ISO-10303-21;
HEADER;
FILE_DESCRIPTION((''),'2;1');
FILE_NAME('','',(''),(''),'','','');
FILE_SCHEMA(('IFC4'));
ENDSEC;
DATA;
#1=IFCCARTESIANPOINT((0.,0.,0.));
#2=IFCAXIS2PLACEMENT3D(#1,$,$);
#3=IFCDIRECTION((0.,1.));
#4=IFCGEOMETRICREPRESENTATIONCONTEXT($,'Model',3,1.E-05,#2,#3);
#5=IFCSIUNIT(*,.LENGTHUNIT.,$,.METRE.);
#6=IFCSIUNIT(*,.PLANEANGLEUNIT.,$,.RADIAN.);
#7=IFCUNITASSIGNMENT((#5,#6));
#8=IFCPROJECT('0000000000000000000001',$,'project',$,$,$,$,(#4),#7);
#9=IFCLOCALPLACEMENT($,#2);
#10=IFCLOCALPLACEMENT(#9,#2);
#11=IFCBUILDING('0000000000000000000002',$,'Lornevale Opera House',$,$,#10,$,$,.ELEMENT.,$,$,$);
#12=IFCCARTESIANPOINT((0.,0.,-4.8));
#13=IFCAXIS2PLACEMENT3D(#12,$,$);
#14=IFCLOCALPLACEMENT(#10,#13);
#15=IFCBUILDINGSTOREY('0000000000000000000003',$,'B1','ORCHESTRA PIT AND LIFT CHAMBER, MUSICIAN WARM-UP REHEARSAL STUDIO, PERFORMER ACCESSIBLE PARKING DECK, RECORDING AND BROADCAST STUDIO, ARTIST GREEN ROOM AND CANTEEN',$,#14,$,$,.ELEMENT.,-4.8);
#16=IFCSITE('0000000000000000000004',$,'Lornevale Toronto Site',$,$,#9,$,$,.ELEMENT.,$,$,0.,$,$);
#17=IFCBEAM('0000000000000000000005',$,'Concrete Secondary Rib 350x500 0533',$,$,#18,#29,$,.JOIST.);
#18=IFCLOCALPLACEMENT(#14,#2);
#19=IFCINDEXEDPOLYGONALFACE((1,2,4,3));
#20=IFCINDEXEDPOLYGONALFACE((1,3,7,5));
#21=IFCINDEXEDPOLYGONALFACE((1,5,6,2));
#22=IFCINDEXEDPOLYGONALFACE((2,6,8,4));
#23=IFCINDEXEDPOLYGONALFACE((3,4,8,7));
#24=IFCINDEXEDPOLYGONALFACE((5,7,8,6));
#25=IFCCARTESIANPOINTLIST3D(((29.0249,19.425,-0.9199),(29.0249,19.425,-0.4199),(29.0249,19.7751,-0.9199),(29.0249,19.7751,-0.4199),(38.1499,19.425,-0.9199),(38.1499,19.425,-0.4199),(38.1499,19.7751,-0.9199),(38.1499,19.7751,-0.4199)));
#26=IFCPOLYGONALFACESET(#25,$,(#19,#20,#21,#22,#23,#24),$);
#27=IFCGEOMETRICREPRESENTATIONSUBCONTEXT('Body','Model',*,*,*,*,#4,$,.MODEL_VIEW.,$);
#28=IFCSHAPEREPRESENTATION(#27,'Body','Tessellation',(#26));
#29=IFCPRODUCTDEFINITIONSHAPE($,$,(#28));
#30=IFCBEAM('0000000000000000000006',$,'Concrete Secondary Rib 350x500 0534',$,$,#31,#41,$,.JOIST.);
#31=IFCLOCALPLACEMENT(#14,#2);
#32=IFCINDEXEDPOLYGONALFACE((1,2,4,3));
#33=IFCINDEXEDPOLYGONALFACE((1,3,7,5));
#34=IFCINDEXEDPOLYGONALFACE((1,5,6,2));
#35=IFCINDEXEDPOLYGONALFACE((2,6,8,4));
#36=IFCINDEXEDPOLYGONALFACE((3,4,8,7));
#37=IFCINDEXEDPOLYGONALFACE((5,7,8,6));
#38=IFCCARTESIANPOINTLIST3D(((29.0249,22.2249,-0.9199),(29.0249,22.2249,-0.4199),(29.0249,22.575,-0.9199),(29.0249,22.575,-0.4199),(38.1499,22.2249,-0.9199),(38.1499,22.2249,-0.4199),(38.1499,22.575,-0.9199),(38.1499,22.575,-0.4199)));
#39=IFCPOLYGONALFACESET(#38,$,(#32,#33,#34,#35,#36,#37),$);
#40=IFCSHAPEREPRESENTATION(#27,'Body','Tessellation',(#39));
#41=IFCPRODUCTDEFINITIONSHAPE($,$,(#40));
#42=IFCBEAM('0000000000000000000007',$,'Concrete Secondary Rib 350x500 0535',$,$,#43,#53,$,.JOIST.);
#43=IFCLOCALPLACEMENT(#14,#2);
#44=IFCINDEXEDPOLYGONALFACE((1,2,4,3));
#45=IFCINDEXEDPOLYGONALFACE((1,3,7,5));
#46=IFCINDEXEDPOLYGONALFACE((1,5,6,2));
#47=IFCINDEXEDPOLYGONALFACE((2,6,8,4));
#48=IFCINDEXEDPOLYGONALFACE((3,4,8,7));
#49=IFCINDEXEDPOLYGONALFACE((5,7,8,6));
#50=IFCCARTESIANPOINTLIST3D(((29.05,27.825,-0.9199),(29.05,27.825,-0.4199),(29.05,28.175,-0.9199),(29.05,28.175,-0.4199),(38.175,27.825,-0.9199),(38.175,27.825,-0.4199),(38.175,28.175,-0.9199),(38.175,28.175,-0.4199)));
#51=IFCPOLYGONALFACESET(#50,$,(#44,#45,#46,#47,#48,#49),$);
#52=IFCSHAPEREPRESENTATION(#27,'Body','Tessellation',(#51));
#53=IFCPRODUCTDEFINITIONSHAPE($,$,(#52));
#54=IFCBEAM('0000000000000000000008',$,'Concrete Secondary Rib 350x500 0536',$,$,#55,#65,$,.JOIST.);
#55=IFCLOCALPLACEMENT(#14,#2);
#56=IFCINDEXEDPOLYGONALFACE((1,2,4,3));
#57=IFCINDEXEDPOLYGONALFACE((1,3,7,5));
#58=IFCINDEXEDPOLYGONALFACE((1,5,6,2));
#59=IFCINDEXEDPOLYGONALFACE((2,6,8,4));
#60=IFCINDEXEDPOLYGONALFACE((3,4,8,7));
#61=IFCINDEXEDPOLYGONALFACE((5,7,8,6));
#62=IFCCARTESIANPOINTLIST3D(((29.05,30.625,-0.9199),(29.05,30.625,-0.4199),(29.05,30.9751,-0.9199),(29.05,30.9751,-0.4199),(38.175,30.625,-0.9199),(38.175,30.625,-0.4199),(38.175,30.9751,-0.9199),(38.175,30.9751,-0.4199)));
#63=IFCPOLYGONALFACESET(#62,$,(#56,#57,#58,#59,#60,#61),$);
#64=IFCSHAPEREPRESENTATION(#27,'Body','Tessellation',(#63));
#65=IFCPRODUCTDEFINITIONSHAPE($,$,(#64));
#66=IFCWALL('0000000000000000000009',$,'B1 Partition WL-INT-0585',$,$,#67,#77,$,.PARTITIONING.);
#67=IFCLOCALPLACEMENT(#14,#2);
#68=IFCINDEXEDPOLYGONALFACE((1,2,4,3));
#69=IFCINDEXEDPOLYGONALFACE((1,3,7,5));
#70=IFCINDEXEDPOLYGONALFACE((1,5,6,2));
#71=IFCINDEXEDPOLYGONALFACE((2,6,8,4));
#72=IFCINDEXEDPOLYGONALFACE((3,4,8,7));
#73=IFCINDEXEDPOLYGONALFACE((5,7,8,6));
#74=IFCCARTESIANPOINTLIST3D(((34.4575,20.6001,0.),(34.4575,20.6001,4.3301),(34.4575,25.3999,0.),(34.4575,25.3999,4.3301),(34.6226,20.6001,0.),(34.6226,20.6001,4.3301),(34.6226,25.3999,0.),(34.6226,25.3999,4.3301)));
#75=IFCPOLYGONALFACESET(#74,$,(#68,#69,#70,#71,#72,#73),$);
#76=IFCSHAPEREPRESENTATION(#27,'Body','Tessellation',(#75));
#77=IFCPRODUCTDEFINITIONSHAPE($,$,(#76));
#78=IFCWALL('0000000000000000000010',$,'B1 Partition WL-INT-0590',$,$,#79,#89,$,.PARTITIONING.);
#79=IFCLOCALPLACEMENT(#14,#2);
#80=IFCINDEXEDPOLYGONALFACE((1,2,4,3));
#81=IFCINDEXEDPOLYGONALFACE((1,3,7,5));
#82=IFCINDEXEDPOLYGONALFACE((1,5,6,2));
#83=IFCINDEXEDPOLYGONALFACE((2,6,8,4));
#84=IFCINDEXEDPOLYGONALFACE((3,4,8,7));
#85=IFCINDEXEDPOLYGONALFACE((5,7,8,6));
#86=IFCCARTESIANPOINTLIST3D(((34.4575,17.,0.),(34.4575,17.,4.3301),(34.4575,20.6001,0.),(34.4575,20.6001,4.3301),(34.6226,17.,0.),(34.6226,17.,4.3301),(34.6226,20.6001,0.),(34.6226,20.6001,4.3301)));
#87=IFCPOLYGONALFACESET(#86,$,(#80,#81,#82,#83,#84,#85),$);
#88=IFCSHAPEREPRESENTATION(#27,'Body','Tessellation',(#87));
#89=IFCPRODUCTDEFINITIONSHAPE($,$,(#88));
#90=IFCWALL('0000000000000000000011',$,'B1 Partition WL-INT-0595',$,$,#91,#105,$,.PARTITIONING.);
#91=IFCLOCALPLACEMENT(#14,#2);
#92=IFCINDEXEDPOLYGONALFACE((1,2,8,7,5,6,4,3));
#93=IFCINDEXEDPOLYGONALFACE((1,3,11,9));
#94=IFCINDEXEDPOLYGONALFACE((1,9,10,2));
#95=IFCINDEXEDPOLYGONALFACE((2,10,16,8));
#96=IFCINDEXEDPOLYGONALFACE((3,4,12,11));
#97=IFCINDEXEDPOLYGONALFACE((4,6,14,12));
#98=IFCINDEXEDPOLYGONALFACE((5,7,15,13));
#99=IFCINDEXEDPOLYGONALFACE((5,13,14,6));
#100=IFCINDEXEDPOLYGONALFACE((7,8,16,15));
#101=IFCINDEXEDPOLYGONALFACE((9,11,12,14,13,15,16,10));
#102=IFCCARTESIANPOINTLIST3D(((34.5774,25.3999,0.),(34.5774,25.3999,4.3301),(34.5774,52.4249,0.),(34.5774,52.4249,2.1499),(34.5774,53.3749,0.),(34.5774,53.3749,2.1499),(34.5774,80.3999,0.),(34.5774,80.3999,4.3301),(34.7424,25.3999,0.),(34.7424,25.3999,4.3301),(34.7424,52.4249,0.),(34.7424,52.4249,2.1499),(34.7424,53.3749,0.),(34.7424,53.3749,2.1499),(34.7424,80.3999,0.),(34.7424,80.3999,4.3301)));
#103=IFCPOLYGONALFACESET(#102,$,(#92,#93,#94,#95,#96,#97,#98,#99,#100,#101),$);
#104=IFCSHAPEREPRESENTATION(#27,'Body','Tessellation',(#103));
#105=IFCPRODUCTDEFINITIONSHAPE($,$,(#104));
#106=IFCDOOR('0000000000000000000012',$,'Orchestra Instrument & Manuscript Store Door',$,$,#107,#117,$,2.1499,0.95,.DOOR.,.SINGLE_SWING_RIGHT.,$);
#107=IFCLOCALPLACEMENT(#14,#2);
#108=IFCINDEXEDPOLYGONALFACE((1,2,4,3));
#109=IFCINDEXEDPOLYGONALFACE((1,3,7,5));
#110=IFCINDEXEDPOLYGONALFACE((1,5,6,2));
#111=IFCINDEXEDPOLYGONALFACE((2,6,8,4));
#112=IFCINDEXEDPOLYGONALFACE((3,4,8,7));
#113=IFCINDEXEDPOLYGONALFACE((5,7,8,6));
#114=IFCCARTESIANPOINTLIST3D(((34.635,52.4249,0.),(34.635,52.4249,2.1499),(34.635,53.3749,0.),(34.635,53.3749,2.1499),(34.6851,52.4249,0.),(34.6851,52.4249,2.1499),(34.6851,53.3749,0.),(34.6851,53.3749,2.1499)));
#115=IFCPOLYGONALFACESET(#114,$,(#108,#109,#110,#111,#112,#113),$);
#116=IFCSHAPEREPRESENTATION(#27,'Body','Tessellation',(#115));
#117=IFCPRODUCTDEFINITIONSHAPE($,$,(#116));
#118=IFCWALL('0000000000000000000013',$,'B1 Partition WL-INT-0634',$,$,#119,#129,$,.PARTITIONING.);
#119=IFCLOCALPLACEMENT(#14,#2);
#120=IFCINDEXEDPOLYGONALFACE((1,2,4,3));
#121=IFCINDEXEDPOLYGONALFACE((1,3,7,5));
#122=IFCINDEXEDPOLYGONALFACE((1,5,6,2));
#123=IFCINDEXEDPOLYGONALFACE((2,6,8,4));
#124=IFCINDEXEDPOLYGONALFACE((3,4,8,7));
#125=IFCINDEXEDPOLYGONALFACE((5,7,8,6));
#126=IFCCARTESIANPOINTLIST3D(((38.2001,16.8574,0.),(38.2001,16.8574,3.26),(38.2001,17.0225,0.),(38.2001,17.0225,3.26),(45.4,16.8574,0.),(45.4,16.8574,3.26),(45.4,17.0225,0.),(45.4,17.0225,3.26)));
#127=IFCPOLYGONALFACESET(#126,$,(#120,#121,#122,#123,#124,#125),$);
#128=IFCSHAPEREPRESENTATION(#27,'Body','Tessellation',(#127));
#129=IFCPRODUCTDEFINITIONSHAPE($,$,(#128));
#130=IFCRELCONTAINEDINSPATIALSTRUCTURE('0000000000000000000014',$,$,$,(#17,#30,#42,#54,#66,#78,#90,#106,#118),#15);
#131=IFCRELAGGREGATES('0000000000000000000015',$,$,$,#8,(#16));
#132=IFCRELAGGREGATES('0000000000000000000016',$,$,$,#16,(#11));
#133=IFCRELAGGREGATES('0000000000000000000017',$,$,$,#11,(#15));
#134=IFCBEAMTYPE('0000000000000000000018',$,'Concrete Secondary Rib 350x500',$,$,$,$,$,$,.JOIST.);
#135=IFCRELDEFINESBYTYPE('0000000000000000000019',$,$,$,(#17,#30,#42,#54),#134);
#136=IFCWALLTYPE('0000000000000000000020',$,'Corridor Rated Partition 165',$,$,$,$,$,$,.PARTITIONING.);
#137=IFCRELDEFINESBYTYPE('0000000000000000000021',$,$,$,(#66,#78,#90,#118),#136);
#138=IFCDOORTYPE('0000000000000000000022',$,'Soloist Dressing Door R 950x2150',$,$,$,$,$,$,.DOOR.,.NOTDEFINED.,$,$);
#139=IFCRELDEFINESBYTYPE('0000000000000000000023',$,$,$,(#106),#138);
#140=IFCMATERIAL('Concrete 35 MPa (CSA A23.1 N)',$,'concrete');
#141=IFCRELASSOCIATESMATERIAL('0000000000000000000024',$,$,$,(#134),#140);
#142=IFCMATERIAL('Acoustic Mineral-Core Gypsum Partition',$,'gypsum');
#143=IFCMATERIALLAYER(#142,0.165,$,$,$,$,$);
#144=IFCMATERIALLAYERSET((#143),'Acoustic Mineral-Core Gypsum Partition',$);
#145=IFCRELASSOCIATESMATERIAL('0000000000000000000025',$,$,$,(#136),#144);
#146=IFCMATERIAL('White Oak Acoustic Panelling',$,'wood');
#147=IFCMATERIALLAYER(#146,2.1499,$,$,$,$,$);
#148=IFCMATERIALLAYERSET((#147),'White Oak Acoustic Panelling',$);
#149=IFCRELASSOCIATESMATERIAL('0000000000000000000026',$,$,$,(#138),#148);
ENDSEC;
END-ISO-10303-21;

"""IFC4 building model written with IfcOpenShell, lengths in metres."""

from ifc_helpers import new_model, si_unit, direction, frame, frame_2d, origin, origin_2d, place, context, subcontext, project, spatial, rectangle, extrude, material, layer, layer_set, material_profile, profile_set, type_object, element, fill, save


model = new_model("IFC4")

# Units and contexts
model_context = context("Model", 3, precision=1e-05, world=origin(), true_north=direction((0.0, 1.0)))
body_context = subcontext(model_context, "Body", "Model", "MODEL_VIEW")
ifc_project = project(units=[si_unit("LENGTHUNIT", "METRE"), si_unit("PLANEANGLEUNIT", "RADIAN")], contexts=[model_context])

# Site, building, storey
site_placement = place(None, origin())
site = spatial("IfcSite", under=ifc_project, at=site_placement, Name="Lornevale Toronto Site", CompositionType="ELEMENT", RefElevation=0.0)
building_placement = place(site_placement, origin())
building = spatial("IfcBuilding", under=site, at=building_placement, Name="Lornevale Opera House", CompositionType="ELEMENT")
storey_placement = place(building_placement, frame((0.0, 0.0, -4.8)))
storey = spatial("IfcBuildingStorey", under=building, at=storey_placement, Name="B1", Description="ORCHESTRA PIT AND LIFT CHAMBER, MUSICIAN WARM-UP REHEARSAL STUDIO, PERFORMER ACCESSIBLE PARKING DECK, RECORDING AND BROADCAST STUDIO, ARTIST GREEN ROOM AND CANTEEN", CompositionType="ELEMENT", Elevation=-4.8)

# Shared definitions
ifc_material_1 = material(Name="Concrete 35 MPa (CSA A23.1 N)", Category="concrete")

# Beams
ifc_material_profile_1 = material_profile(ifc_material_1, rectangle(XDim=0.3501, YDim=0.5, at=origin_2d()), Name="RC350x500")
ifc_profile_set_1 = profile_set([ifc_material_profile_1], Name="Concrete 35 MPa (CSA A23.1 N)")
beam_type_1 = type_object("IfcBeamType", Name="Concrete Secondary Rib 350x500", PredefinedType="JOIST", material=ifc_profile_set_1)
for number, where, z_axis, x_axis, name in (
    (1, (29.0249, 19.6001, -0.6699), (1.0, 0.0, 0.0), (0.0, 1.0, 0.0), "Concrete Secondary Rib 350x500 0533"),
    (2, (29.0249, 22.3999, -0.6699), (1.0, 0.0, 0.0), (0.0, 1.0, 0.0), "Concrete Secondary Rib 350x500 0534"),
    (3, (29.05, 28.0, -0.6699), (1.0, 0.0, 0.0), (0.0, 1.0, 0.0), "Concrete Secondary Rib 350x500 0535"),
    (4, (29.05, 30.8, -0.6699), (1.0, 0.0, 0.0), (0.0, 1.0, 0.0), "Concrete Secondary Rib 350x500 0536"),
):
    element("IfcBeam", number, at=place(storey_placement, frame(where, z_axis=z_axis, x_axis=x_axis)), inside=storey, type_object=beam_type_1, Name=name, PredefinedType="JOIST", context=body_context, shape_type="SweptSolid", body=[
        extrude(rectangle(XDim=0.3501, YDim=0.5, at=origin_2d()), origin(), (0.0, 0.0, 1.0), 9.125),
    ])

# Walls
ifc_material_2 = material(Name="Acoustic Mineral-Core Gypsum Partition", Category="gypsum")
ifc_layer_1 = layer(ifc_material_2, 0.165)
ifc_layer_set_1 = layer_set([ifc_layer_1], Name="Acoustic Mineral-Core Gypsum Partition")
wall_type = type_object("IfcWallType", Name="Corridor Rated Partition 165", PredefinedType="PARTITIONING", material=ifc_layer_set_1)
wall_1_placement = place(storey_placement, frame((34.54, 20.6001, 0.0), z_axis=(0.0, 0.0, 1.0), x_axis=(0.0, 1.0, 0.0)))
element("IfcWall", 5, at=wall_1_placement, inside=storey, type_object=wall_type, Name="B1 Partition WL-INT-0585", PredefinedType="PARTITIONING", context=body_context, shape_type="SweptSolid", body=[
    extrude(rectangle(XDim=4.7998, YDim=0.165, at=frame_2d((2.3999, 0.0))), origin(), (0.0, 0.0, 1.0), 4.3301),
])
wall_2_placement = place(storey_placement, frame((34.54, 17.0, 0.0), z_axis=(0.0, 0.0, 1.0), x_axis=(0.0, 1.0, 0.0)))
element("IfcWall", 6, at=wall_2_placement, inside=storey, type_object=wall_type, Name="B1 Partition WL-INT-0590", PredefinedType="PARTITIONING", context=body_context, shape_type="SweptSolid", body=[
    extrude(rectangle(XDim=3.6001, YDim=0.165, at=frame_2d((1.8, 0.0))), origin(), (0.0, 0.0, 1.0), 4.3301),
])

# Wall, opening, door
wall_3_placement = place(storey_placement, frame((34.6599, 25.3999, 0.0), z_axis=(0.0, 0.0, 1.0), x_axis=(0.0, 1.0, 0.0)))
wall_3 = element("IfcWall", 7, at=wall_3_placement, inside=storey, type_object=wall_type, Name="B1 Partition WL-INT-0595", PredefinedType="PARTITIONING", context=body_context, shape_type="SweptSolid", body=[
    extrude(rectangle(XDim=55.0, YDim=0.165, at=frame_2d((27.5, 0.0))), origin(), (0.0, 0.0, 1.0), 4.3301),
])
opening_placement = place(wall_3_placement, frame((27.0249, 0.0, 0.0)))
opening = element("IfcOpeningElement", 8, at=opening_placement, cuts=wall_3, PredefinedType="OPENING", context=body_context, shape_type="SweptSolid", body=[
    extrude(rectangle(XDim=0.95, YDim=2.1499, at=frame_2d((0.4751, 1.075))), frame((0.0, 0.0925, 0.0), z_axis=(0.0, -1.0, 0.0), x_axis=(1.0, 0.0, 0.0)), (0.0, 0.0, 1.0), 0.1851),
])
ifc_material_3 = material(Name="White Oak Acoustic Panelling", Category="wood")
ifc_layer_2 = layer(ifc_material_3, 2.1499)
ifc_layer_set_2 = layer_set([ifc_layer_2], Name="White Oak Acoustic Panelling")
door_type = type_object("IfcDoorType", Name="Soloist Dressing Door R 950x2150", OperationType="NOTDEFINED", PredefinedType="DOOR", material=ifc_layer_set_2)
door_placement = place(opening_placement, origin())
door = element("IfcDoor", 9, at=door_placement, inside=storey, type_object=door_type, Name="Orchestra Instrument & Manuscript Store Door", OperationType="SINGLE_SWING_RIGHT", OverallHeight=2.1499, OverallWidth=0.95, PredefinedType="DOOR", context=body_context, shape_type="SweptSolid", body=[
    extrude(rectangle(XDim=0.95, YDim=2.1499, at=frame_2d((0.4751, 1.075))), frame((0.0, 0.0249, 0.0), z_axis=(0.0, -1.0, 0.0), x_axis=(1.0, 0.0, 0.0)), (0.0, 0.0, 1.0), 0.05),
])
fill(opening, door)

# Wall
wall_4_placement = place(storey_placement, frame((38.2, 16.9399, 0.0), z_axis=(0.0, 0.0, 1.0), x_axis=(1.0, 0.0, 0.0)))
element("IfcWall", 10, at=wall_4_placement, inside=storey, type_object=wall_type, Name="B1 Partition WL-INT-0634", PredefinedType="PARTITIONING", context=body_context, shape_type="SweptSolid", body=[
    extrude(rectangle(XDim=7.2, YDim=0.165, at=frame_2d((3.6001, 0.0))), origin(), (0.0, 0.0, 1.0), 3.26),
])

save(model, "model.ifc")
